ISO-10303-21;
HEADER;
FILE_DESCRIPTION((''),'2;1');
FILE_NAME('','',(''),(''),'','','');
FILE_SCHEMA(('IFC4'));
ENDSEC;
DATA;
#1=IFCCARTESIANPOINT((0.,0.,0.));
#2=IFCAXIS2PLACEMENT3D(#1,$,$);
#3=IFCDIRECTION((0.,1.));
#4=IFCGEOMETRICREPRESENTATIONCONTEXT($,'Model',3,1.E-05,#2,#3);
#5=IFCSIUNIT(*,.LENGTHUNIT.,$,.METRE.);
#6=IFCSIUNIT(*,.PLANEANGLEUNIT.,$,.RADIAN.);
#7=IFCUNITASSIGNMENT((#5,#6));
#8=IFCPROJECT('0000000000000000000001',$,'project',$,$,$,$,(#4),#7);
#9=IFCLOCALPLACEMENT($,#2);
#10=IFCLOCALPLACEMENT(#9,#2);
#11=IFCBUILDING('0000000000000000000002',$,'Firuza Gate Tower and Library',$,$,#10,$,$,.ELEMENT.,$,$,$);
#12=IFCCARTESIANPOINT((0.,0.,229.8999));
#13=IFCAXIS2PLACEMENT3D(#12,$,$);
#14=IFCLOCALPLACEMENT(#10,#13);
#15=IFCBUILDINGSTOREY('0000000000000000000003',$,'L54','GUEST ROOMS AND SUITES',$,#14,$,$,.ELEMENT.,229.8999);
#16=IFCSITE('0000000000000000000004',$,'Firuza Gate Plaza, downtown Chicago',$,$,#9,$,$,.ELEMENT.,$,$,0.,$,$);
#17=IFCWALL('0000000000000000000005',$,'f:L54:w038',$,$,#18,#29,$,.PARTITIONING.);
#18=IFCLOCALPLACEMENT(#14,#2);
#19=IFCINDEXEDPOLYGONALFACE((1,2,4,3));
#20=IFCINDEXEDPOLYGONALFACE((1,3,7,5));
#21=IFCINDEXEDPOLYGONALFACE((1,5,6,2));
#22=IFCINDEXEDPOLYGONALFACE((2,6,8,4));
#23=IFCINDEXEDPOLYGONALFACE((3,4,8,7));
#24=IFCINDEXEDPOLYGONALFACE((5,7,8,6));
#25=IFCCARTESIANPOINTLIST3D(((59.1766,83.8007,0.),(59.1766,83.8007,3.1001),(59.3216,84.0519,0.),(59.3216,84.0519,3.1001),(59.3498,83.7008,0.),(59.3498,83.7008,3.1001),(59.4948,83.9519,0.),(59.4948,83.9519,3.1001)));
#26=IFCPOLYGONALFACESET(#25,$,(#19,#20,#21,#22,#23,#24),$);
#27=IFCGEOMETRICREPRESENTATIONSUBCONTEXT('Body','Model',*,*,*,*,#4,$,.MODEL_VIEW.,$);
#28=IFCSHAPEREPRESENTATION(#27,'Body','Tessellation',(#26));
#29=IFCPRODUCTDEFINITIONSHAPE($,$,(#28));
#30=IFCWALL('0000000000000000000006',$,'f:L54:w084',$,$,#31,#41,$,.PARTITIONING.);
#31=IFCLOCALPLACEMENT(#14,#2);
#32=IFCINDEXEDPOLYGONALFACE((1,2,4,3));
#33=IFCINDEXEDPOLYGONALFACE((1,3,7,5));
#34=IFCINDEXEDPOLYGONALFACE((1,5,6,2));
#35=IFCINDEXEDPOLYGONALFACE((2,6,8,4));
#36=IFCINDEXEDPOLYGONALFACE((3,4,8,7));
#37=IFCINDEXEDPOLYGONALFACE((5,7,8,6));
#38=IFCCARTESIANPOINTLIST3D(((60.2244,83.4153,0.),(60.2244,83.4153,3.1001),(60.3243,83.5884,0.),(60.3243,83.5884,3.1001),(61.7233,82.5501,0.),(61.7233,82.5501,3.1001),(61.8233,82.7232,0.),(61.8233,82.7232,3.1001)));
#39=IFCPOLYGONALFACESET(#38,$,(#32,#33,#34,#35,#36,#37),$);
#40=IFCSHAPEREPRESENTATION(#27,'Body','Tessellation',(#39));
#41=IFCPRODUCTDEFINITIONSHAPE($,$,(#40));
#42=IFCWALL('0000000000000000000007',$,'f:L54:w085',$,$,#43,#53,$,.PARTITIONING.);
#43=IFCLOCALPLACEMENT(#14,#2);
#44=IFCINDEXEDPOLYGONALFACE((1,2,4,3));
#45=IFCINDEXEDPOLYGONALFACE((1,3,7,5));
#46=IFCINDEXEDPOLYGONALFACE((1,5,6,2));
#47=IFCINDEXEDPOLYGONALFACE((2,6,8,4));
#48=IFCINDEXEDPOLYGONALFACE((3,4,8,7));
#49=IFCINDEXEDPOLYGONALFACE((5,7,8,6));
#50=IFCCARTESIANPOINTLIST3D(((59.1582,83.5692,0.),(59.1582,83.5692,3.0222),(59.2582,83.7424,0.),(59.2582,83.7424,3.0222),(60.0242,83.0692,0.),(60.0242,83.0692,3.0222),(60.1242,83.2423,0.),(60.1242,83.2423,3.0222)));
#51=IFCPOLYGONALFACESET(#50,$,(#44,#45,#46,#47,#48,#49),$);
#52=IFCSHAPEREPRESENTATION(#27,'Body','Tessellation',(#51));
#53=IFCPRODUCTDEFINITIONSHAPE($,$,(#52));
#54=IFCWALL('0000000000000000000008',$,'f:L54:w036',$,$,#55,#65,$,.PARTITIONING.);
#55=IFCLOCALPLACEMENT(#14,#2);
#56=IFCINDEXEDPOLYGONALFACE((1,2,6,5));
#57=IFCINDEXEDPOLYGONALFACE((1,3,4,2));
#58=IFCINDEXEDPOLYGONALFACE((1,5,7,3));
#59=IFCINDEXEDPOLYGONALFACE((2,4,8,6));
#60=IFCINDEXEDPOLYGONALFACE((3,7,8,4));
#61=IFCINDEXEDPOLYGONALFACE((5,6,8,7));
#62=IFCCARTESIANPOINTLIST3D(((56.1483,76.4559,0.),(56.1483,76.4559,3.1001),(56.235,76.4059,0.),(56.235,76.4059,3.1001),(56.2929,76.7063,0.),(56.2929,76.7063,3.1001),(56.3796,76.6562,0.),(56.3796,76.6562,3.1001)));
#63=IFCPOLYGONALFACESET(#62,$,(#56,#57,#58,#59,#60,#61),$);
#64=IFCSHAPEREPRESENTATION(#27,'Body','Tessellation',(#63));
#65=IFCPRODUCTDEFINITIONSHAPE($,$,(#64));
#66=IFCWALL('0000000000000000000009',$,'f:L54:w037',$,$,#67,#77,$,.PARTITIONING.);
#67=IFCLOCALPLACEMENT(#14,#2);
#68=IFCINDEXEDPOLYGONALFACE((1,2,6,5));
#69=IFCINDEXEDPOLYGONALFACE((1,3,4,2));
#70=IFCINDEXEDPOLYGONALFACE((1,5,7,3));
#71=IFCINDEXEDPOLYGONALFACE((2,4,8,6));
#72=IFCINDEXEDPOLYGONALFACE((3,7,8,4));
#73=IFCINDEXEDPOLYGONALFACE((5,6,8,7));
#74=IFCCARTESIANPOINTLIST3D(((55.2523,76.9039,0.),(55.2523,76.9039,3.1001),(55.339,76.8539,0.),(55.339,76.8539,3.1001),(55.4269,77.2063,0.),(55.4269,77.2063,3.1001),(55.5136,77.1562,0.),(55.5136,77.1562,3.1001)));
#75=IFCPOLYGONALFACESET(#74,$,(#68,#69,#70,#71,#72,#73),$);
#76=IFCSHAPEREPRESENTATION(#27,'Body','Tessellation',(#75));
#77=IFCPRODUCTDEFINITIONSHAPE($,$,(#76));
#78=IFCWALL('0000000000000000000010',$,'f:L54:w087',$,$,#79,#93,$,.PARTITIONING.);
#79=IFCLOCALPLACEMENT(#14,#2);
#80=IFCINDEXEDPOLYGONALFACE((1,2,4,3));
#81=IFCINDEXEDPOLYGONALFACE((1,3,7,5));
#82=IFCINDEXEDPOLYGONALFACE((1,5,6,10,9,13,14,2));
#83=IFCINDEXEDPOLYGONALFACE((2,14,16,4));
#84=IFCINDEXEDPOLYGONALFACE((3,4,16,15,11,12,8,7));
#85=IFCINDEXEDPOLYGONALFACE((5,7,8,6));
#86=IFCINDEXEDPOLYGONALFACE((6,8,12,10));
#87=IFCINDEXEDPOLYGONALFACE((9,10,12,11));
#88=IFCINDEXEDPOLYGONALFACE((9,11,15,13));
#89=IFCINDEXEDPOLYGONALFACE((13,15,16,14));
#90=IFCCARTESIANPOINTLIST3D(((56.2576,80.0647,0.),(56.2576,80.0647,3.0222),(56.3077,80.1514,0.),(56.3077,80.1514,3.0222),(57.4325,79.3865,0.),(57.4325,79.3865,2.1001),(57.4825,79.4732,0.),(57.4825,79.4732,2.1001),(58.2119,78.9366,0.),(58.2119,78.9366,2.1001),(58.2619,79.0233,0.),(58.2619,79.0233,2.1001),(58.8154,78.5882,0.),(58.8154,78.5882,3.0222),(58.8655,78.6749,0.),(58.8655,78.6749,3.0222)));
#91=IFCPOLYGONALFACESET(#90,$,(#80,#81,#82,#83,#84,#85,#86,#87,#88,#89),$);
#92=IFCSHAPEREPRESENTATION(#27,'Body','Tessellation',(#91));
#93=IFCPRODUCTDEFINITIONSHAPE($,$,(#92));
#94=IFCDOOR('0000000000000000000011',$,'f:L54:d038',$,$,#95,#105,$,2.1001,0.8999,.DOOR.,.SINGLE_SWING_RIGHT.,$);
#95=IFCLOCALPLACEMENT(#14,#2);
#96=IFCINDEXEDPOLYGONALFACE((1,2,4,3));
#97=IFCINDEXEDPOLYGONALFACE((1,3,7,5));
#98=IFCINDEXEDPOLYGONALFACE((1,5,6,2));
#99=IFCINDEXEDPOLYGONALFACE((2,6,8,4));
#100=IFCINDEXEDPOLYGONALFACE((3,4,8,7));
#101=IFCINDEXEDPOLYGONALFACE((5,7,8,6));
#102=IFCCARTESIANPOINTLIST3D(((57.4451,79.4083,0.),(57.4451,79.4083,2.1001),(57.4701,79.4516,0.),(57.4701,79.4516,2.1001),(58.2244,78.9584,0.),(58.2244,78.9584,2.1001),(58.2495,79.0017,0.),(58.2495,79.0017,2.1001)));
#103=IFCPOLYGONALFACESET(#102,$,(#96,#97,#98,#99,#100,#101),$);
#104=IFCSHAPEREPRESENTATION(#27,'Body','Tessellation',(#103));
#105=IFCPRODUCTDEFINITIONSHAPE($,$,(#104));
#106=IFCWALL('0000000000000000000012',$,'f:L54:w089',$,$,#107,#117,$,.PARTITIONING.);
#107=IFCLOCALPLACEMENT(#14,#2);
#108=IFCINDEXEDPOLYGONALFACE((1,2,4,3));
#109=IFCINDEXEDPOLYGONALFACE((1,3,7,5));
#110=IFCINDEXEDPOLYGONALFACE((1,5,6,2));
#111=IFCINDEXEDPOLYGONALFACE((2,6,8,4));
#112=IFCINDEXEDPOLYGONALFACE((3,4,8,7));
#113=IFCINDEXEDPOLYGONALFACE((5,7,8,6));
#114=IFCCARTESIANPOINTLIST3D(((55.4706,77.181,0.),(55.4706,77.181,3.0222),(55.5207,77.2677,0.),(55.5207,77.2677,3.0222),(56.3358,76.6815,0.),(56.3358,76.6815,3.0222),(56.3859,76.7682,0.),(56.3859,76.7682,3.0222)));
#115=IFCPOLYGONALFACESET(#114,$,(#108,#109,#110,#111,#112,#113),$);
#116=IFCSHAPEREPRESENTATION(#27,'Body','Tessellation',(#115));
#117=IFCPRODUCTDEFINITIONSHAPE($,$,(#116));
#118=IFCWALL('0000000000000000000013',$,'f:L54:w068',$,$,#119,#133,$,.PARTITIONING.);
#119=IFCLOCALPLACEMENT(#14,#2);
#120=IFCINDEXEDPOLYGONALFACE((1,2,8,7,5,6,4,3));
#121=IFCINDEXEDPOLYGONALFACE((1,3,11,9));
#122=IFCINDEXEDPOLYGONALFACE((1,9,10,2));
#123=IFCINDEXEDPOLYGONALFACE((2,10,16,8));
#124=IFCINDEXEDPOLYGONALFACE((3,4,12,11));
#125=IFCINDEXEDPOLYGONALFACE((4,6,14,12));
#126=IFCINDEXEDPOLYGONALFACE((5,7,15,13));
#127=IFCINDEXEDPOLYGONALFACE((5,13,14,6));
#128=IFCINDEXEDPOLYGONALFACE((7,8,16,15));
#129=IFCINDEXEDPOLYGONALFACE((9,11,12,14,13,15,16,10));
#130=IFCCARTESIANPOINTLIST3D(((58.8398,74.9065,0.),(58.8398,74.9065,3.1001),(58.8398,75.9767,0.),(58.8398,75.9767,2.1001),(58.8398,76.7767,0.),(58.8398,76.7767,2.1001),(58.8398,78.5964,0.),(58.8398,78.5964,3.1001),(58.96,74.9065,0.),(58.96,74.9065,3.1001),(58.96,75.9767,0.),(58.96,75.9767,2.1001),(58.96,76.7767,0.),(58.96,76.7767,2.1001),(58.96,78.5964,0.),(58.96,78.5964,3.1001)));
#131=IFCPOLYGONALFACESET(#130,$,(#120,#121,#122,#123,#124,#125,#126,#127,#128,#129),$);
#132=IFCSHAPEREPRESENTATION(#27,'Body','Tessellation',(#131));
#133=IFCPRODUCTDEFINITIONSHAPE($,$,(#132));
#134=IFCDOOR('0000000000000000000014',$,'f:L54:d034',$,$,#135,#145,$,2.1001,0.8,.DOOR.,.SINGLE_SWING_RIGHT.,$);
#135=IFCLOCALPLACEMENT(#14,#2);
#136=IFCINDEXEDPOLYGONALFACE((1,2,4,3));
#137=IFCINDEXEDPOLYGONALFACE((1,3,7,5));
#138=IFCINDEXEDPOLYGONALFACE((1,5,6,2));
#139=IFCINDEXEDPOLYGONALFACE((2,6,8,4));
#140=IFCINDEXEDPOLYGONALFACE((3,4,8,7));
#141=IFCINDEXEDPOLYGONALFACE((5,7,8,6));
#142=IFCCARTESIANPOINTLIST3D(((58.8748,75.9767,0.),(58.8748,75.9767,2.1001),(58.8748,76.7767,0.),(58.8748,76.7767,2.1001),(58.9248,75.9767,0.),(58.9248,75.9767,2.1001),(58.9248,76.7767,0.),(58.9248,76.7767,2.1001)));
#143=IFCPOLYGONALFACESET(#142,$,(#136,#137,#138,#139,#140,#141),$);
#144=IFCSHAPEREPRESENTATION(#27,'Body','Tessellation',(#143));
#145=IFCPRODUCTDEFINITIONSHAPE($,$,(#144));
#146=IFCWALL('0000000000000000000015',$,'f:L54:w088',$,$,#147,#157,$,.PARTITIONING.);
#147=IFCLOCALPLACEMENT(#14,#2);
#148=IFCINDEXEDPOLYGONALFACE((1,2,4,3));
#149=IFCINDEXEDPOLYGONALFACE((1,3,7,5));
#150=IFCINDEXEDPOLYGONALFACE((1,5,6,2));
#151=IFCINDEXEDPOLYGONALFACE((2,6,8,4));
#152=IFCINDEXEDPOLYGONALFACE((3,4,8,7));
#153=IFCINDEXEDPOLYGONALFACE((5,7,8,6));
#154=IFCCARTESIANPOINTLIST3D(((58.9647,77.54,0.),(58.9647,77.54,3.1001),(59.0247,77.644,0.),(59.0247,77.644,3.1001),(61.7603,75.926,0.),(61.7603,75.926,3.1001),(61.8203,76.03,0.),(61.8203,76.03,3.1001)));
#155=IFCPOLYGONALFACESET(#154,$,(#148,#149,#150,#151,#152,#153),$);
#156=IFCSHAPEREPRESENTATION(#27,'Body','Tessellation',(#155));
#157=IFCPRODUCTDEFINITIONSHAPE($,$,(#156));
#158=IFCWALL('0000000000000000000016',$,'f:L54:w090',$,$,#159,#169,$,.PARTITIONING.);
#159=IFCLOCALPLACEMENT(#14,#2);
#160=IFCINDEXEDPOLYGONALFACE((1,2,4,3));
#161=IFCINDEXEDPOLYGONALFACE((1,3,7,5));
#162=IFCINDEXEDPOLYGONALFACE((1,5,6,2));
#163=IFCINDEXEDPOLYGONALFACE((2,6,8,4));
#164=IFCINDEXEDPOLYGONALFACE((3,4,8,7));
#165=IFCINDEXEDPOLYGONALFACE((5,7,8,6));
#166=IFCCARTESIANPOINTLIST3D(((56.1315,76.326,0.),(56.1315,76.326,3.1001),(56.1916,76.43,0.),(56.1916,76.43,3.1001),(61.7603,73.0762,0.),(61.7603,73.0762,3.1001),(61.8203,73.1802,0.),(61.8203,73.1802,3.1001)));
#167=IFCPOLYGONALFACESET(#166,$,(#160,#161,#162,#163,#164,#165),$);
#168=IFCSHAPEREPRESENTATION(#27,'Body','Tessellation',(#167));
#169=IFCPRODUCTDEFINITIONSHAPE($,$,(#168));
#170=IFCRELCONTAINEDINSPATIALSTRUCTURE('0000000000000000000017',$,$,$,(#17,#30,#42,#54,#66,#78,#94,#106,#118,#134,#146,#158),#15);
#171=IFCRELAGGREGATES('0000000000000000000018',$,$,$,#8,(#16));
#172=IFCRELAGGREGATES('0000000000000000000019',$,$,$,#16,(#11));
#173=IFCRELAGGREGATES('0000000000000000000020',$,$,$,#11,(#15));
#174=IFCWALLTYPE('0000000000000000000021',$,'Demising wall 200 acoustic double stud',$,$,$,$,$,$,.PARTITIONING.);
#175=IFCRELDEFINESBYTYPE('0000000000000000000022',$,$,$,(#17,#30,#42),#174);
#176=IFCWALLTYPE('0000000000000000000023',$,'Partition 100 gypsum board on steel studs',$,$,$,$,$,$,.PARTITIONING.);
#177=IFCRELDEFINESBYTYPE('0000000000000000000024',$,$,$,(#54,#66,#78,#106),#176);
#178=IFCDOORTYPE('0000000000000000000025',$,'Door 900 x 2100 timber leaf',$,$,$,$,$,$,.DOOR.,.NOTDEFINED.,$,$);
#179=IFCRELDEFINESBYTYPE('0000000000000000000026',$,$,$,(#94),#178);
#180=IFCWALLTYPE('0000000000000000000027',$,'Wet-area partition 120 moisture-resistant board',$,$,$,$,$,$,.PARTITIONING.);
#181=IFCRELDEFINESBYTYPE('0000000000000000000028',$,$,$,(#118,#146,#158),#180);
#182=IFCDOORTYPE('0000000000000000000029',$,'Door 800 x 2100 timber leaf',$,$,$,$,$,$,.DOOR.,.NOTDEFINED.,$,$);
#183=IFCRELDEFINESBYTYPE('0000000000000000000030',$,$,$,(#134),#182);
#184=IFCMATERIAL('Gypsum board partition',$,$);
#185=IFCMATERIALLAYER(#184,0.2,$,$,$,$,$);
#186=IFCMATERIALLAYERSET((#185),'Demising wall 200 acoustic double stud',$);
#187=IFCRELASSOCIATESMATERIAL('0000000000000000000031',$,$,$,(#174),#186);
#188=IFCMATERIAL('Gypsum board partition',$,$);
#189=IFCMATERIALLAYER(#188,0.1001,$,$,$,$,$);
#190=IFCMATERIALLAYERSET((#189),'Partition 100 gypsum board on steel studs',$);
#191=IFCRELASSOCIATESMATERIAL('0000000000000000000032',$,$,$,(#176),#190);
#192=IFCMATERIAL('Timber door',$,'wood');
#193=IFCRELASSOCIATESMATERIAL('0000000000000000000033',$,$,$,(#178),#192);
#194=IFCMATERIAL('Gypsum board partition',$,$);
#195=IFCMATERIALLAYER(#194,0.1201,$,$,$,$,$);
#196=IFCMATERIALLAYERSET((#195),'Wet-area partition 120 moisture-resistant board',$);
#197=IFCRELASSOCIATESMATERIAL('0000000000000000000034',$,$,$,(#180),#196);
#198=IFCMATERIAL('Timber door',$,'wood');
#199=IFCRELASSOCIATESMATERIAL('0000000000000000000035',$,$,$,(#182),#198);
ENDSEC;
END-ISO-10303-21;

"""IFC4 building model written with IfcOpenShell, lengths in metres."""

from ifc_helpers import new_model, si_unit, direction, frame, frame_2d, origin, place, context, subcontext, project, spatial, rectangle, extrude, material, layer, layer_set, type_object, element, fill, save


model = new_model("IFC4")

# Units and contexts
model_context = context("Model", 3, precision=1e-05, world=origin(), true_north=direction((0.0, 1.0)))
body_context = subcontext(model_context, "Body", "Model", "MODEL_VIEW")
ifc_project = project(units=[si_unit("LENGTHUNIT", "METRE"), si_unit("PLANEANGLEUNIT", "RADIAN")], contexts=[model_context])

# Site, building, storey
site_placement = place(None, origin())
site = spatial("IfcSite", under=ifc_project, at=site_placement, Name="Firuza Gate Plaza, downtown Chicago", CompositionType="ELEMENT", RefElevation=0.0)
building_placement = place(site_placement, origin())
building = spatial("IfcBuilding", under=site, at=building_placement, Name="Firuza Gate Tower and Library", CompositionType="ELEMENT")
storey_placement = place(building_placement, frame((0.0, 0.0, 229.8999)))
storey = spatial("IfcBuildingStorey", under=building, at=storey_placement, Name="L54", Description="GUEST ROOMS AND SUITES", CompositionType="ELEMENT", Elevation=229.8999)

# Walls
ifc_material_1 = material(Name="Gypsum board partition")
ifc_layer_1 = layer(ifc_material_1, 0.2)
ifc_layer_set_1 = layer_set([ifc_layer_1], Name="Demising wall 200 acoustic double stud")
wall_type_1 = type_object("IfcWallType", Name="Demising wall 200 acoustic double stud", PredefinedType="PARTITIONING", material=ifc_layer_set_1)
wall_1_placement = place(storey_placement, frame((59.2632, 83.7507, 0.0), z_axis=(0.0, 0.0, 1.0), x_axis=(0.499941, 0.866059, 0.0)))
element("IfcWall", 1, at=wall_1_placement, inside=storey, type_object=wall_type_1, Name="f:L54:w038", PredefinedType="PARTITIONING", context=body_context, shape_type="SweptSolid", body=[
    extrude(rectangle(XDim=0.29, YDim=0.2, at=frame_2d((0.145, 0.0))), origin(), (0.0, 0.0, 1.0), 3.1001),
])
wall_2_placement = place(storey_placement, frame((61.7732, 82.6367, 0.0), z_axis=(0.0, 0.0, 1.0), x_axis=(-0.866082, 0.499902, 0.0)))
element("IfcWall", 2, at=wall_2_placement, inside=storey, type_object=wall_type_1, Name="f:L54:w084", PredefinedType="PARTITIONING", context=body_context, shape_type="SweptSolid", body=[
    extrude(rectangle(XDim=1.7307, YDim=0.2, at=frame_2d((0.8652, 0.0))), origin(), (0.0, 0.0, 1.0), 3.1001),
])
wall_3_placement = place(storey_placement, frame((60.0742, 83.1558, 0.0), z_axis=(0.0, 0.0, 1.0), x_axis=(-0.866011, 0.500025, 0.0)))
element("IfcWall", 3, at=wall_3_placement, inside=storey, type_object=wall_type_1, Name="f:L54:w085", PredefinedType="PARTITIONING", context=body_context, shape_type="SweptSolid", body=[
    extrude(rectangle(XDim=1.0, YDim=0.2, at=frame_2d((0.5, 0.0))), origin(), (0.0, 0.0, 1.0), 3.0222),
])
ifc_material_2 = material(Name="Gypsum board partition")
ifc_layer_2 = layer(ifc_material_2, 0.1001)
ifc_layer_set_2 = layer_set([ifc_layer_2], Name="Partition 100 gypsum board on steel studs")
wall_type_2 = type_object("IfcWallType", Name="Partition 100 gypsum board on steel studs", PredefinedType="PARTITIONING", material=ifc_layer_set_2)
wall_4_placement = place(storey_placement, frame((56.1917, 76.4309, 0.0), z_axis=(0.0, 0.0, 1.0), x_axis=(0.500137, 0.865946, 0.0)))
element("IfcWall", 4, at=wall_4_placement, inside=storey, type_object=wall_type_2, Name="f:L54:w036", PredefinedType="PARTITIONING", context=body_context, shape_type="SweptSolid", body=[
    extrude(rectangle(XDim=0.2891, YDim=0.1001, at=frame_2d((0.1445, 0.0))), origin(), (0.0, 0.0, 1.0), 3.1001),
])
wall_5_placement = place(storey_placement, frame((55.2957, 76.8789, 0.0), z_axis=(0.0, 0.0, 1.0), x_axis=(0.500126, 0.865953, 0.0)))
element("IfcWall", 5, at=wall_5_placement, inside=storey, type_object=wall_type_2, Name="f:L54:w037", PredefinedType="PARTITIONING", context=body_context, shape_type="SweptSolid", body=[
    extrude(rectangle(XDim=0.3491, YDim=0.1001, at=frame_2d((0.1746, 0.0))), origin(), (0.0, 0.0, 1.0), 3.1001),
])

# Wall, opening, door
wall_6_placement = place(storey_placement, frame((58.8403, 78.6316, 0.0), z_axis=(0.0, 0.0, 1.0), x_axis=(-0.866058, 0.499944, 0.0)))
wall_6 = element("IfcWall", 6, at=wall_6_placement, inside=storey, type_object=wall_type_2, Name="f:L54:w087", PredefinedType="PARTITIONING", context=body_context, shape_type="SweptSolid", body=[
    extrude(rectangle(XDim=2.9534, YDim=0.1001, at=frame_2d((1.4766, 0.0))), origin(), (0.0, 0.0, 1.0), 3.0222),
])
opening_1_placement = place(wall_6_placement, frame((0.6968, 0.0, 0.0)))
opening_1 = element("IfcOpeningElement", 7, at=opening_1_placement, cuts=wall_6, PredefinedType="OPENING", context=body_context, shape_type="SweptSolid", body=[
    extrude(rectangle(XDim=0.8999, YDim=2.1001, at=frame_2d((0.45, 1.05))), frame((0.0, 0.0601, 0.0), z_axis=(0.0, -1.0, 0.0), x_axis=(1.0, 0.0, 0.0)), (0.0, 0.0, 1.0), 0.1201),
])
ifc_material_3 = material(Name="Timber door", Category="wood")
door_type_1 = type_object("IfcDoorType", Name="Door 900 x 2100 timber leaf", OperationType="NOTDEFINED", PredefinedType="DOOR", material=ifc_material_3)
door_1_placement = place(opening_1_placement, origin())
door_1 = element("IfcDoor", 8, at=door_1_placement, inside=storey, type_object=door_type_1, Name="f:L54:d038", OperationType="SINGLE_SWING_RIGHT", OverallHeight=2.1001, OverallWidth=0.8999, PredefinedType="DOOR", context=body_context, shape_type="SweptSolid", body=[
    extrude(rectangle(XDim=0.8999, YDim=2.1001, at=frame_2d((0.45, 1.05))), frame((0.0, 0.0249, 0.0), z_axis=(0.0, -1.0, 0.0), x_axis=(1.0, 0.0, 0.0)), (0.0, 0.0, 1.0), 0.05),
])
fill(opening_1, door_1)

# Wall
wall_7_placement = place(storey_placement, frame((56.3608, 76.7249, 0.0), z_axis=(0.0, 0.0, 1.0), x_axis=(-0.866039, 0.499976, 0.0)))
element("IfcWall", 9, at=wall_7_placement, inside=storey, type_object=wall_type_2, Name="f:L54:w089", PredefinedType="PARTITIONING", context=body_context, shape_type="SweptSolid", body=[
    extrude(rectangle(XDim=0.999, YDim=0.1001, at=frame_2d((0.4995, 0.0))), origin(), (0.0, 0.0, 1.0), 3.0222),
])

# Wall, opening, door
ifc_material_4 = material(Name="Gypsum board partition")
ifc_layer_3 = layer(ifc_material_4, 0.1201)
ifc_layer_set_3 = layer_set([ifc_layer_3], Name="Wet-area partition 120 moisture-resistant board")
wall_type_3 = type_object("IfcWallType", Name="Wet-area partition 120 moisture-resistant board", PredefinedType="PARTITIONING", material=ifc_layer_set_3)
wall_8_placement = place(storey_placement, frame((58.8999, 78.5964, 0.0), z_axis=(0.0, 0.0, 1.0), x_axis=(0.0, -1.0, 0.0)))
wall_8 = element("IfcWall", 10, at=wall_8_placement, inside=storey, type_object=wall_type_3, Name="f:L54:w068", PredefinedType="PARTITIONING", context=body_context, shape_type="SweptSolid", body=[
    extrude(rectangle(XDim=3.6899, YDim=0.1201, at=frame_2d((1.845, 0.0))), origin(), (0.0, 0.0, 1.0), 3.1001),
])
opening_2_placement = place(wall_8_placement, frame((1.8198, 0.0, 0.0)))
opening_2 = element("IfcOpeningElement", 11, at=opening_2_placement, cuts=wall_8, PredefinedType="OPENING", context=body_context, shape_type="SweptSolid", body=[
    extrude(rectangle(XDim=0.8, YDim=2.1001, at=frame_2d((0.3999, 1.05))), frame((0.0, 0.0701, 0.0), z_axis=(0.0, -1.0, 0.0), x_axis=(1.0, 0.0, 0.0)), (0.0, 0.0, 1.0), 0.1401),
])
ifc_material_5 = material(Name="Timber door", Category="wood")
door_type_2 = type_object("IfcDoorType", Name="Door 800 x 2100 timber leaf", OperationType="NOTDEFINED", PredefinedType="DOOR", material=ifc_material_5)
door_2_placement = place(opening_2_placement, origin())
door_2 = element("IfcDoor", 12, at=door_2_placement, inside=storey, type_object=door_type_2, Name="f:L54:d034", OperationType="SINGLE_SWING_RIGHT", OverallHeight=2.1001, OverallWidth=0.8, PredefinedType="DOOR", context=body_context, shape_type="SweptSolid", body=[
    extrude(rectangle(XDim=0.8, YDim=2.1001, at=frame_2d((0.3999, 1.05))), frame((0.0, 0.0249, 0.0), z_axis=(0.0, -1.0, 0.0), x_axis=(1.0, 0.0, 0.0)), (0.0, 0.0, 1.0), 0.05),
])
fill(opening_2, door_2)

# Walls
wall_9_placement = place(storey_placement, frame((61.7903, 75.978, 0.0), z_axis=(0.0, 0.0, 1.0), x_axis=(-0.866033, 0.499987, 0.0)))
element("IfcWall", 13, at=wall_9_placement, inside=storey, type_object=wall_type_3, Name="f:L54:w088", PredefinedType="PARTITIONING", context=body_context, shape_type="SweptSolid", body=[
    extrude(rectangle(XDim=3.228, YDim=0.1201, at=frame_2d((1.614, 0.0))), origin(), (0.0, 0.0, 1.0), 3.1001),
])
wall_10_placement = place(storey_placement, frame((61.7903, 73.1282, 0.0), z_axis=(0.0, 0.0, 1.0), x_axis=(-0.866022, 0.500005, 0.0)))
element("IfcWall", 14, at=wall_10_placement, inside=storey, type_object=wall_type_3, Name="f:L54:w090", PredefinedType="PARTITIONING", context=body_context, shape_type="SweptSolid", body=[
    extrude(rectangle(XDim=6.4995, YDim=0.1201, at=frame_2d((3.2498, 0.0))), origin(), (0.0, 0.0, 1.0), 3.1001),
])

save(model, "model.ifc")
